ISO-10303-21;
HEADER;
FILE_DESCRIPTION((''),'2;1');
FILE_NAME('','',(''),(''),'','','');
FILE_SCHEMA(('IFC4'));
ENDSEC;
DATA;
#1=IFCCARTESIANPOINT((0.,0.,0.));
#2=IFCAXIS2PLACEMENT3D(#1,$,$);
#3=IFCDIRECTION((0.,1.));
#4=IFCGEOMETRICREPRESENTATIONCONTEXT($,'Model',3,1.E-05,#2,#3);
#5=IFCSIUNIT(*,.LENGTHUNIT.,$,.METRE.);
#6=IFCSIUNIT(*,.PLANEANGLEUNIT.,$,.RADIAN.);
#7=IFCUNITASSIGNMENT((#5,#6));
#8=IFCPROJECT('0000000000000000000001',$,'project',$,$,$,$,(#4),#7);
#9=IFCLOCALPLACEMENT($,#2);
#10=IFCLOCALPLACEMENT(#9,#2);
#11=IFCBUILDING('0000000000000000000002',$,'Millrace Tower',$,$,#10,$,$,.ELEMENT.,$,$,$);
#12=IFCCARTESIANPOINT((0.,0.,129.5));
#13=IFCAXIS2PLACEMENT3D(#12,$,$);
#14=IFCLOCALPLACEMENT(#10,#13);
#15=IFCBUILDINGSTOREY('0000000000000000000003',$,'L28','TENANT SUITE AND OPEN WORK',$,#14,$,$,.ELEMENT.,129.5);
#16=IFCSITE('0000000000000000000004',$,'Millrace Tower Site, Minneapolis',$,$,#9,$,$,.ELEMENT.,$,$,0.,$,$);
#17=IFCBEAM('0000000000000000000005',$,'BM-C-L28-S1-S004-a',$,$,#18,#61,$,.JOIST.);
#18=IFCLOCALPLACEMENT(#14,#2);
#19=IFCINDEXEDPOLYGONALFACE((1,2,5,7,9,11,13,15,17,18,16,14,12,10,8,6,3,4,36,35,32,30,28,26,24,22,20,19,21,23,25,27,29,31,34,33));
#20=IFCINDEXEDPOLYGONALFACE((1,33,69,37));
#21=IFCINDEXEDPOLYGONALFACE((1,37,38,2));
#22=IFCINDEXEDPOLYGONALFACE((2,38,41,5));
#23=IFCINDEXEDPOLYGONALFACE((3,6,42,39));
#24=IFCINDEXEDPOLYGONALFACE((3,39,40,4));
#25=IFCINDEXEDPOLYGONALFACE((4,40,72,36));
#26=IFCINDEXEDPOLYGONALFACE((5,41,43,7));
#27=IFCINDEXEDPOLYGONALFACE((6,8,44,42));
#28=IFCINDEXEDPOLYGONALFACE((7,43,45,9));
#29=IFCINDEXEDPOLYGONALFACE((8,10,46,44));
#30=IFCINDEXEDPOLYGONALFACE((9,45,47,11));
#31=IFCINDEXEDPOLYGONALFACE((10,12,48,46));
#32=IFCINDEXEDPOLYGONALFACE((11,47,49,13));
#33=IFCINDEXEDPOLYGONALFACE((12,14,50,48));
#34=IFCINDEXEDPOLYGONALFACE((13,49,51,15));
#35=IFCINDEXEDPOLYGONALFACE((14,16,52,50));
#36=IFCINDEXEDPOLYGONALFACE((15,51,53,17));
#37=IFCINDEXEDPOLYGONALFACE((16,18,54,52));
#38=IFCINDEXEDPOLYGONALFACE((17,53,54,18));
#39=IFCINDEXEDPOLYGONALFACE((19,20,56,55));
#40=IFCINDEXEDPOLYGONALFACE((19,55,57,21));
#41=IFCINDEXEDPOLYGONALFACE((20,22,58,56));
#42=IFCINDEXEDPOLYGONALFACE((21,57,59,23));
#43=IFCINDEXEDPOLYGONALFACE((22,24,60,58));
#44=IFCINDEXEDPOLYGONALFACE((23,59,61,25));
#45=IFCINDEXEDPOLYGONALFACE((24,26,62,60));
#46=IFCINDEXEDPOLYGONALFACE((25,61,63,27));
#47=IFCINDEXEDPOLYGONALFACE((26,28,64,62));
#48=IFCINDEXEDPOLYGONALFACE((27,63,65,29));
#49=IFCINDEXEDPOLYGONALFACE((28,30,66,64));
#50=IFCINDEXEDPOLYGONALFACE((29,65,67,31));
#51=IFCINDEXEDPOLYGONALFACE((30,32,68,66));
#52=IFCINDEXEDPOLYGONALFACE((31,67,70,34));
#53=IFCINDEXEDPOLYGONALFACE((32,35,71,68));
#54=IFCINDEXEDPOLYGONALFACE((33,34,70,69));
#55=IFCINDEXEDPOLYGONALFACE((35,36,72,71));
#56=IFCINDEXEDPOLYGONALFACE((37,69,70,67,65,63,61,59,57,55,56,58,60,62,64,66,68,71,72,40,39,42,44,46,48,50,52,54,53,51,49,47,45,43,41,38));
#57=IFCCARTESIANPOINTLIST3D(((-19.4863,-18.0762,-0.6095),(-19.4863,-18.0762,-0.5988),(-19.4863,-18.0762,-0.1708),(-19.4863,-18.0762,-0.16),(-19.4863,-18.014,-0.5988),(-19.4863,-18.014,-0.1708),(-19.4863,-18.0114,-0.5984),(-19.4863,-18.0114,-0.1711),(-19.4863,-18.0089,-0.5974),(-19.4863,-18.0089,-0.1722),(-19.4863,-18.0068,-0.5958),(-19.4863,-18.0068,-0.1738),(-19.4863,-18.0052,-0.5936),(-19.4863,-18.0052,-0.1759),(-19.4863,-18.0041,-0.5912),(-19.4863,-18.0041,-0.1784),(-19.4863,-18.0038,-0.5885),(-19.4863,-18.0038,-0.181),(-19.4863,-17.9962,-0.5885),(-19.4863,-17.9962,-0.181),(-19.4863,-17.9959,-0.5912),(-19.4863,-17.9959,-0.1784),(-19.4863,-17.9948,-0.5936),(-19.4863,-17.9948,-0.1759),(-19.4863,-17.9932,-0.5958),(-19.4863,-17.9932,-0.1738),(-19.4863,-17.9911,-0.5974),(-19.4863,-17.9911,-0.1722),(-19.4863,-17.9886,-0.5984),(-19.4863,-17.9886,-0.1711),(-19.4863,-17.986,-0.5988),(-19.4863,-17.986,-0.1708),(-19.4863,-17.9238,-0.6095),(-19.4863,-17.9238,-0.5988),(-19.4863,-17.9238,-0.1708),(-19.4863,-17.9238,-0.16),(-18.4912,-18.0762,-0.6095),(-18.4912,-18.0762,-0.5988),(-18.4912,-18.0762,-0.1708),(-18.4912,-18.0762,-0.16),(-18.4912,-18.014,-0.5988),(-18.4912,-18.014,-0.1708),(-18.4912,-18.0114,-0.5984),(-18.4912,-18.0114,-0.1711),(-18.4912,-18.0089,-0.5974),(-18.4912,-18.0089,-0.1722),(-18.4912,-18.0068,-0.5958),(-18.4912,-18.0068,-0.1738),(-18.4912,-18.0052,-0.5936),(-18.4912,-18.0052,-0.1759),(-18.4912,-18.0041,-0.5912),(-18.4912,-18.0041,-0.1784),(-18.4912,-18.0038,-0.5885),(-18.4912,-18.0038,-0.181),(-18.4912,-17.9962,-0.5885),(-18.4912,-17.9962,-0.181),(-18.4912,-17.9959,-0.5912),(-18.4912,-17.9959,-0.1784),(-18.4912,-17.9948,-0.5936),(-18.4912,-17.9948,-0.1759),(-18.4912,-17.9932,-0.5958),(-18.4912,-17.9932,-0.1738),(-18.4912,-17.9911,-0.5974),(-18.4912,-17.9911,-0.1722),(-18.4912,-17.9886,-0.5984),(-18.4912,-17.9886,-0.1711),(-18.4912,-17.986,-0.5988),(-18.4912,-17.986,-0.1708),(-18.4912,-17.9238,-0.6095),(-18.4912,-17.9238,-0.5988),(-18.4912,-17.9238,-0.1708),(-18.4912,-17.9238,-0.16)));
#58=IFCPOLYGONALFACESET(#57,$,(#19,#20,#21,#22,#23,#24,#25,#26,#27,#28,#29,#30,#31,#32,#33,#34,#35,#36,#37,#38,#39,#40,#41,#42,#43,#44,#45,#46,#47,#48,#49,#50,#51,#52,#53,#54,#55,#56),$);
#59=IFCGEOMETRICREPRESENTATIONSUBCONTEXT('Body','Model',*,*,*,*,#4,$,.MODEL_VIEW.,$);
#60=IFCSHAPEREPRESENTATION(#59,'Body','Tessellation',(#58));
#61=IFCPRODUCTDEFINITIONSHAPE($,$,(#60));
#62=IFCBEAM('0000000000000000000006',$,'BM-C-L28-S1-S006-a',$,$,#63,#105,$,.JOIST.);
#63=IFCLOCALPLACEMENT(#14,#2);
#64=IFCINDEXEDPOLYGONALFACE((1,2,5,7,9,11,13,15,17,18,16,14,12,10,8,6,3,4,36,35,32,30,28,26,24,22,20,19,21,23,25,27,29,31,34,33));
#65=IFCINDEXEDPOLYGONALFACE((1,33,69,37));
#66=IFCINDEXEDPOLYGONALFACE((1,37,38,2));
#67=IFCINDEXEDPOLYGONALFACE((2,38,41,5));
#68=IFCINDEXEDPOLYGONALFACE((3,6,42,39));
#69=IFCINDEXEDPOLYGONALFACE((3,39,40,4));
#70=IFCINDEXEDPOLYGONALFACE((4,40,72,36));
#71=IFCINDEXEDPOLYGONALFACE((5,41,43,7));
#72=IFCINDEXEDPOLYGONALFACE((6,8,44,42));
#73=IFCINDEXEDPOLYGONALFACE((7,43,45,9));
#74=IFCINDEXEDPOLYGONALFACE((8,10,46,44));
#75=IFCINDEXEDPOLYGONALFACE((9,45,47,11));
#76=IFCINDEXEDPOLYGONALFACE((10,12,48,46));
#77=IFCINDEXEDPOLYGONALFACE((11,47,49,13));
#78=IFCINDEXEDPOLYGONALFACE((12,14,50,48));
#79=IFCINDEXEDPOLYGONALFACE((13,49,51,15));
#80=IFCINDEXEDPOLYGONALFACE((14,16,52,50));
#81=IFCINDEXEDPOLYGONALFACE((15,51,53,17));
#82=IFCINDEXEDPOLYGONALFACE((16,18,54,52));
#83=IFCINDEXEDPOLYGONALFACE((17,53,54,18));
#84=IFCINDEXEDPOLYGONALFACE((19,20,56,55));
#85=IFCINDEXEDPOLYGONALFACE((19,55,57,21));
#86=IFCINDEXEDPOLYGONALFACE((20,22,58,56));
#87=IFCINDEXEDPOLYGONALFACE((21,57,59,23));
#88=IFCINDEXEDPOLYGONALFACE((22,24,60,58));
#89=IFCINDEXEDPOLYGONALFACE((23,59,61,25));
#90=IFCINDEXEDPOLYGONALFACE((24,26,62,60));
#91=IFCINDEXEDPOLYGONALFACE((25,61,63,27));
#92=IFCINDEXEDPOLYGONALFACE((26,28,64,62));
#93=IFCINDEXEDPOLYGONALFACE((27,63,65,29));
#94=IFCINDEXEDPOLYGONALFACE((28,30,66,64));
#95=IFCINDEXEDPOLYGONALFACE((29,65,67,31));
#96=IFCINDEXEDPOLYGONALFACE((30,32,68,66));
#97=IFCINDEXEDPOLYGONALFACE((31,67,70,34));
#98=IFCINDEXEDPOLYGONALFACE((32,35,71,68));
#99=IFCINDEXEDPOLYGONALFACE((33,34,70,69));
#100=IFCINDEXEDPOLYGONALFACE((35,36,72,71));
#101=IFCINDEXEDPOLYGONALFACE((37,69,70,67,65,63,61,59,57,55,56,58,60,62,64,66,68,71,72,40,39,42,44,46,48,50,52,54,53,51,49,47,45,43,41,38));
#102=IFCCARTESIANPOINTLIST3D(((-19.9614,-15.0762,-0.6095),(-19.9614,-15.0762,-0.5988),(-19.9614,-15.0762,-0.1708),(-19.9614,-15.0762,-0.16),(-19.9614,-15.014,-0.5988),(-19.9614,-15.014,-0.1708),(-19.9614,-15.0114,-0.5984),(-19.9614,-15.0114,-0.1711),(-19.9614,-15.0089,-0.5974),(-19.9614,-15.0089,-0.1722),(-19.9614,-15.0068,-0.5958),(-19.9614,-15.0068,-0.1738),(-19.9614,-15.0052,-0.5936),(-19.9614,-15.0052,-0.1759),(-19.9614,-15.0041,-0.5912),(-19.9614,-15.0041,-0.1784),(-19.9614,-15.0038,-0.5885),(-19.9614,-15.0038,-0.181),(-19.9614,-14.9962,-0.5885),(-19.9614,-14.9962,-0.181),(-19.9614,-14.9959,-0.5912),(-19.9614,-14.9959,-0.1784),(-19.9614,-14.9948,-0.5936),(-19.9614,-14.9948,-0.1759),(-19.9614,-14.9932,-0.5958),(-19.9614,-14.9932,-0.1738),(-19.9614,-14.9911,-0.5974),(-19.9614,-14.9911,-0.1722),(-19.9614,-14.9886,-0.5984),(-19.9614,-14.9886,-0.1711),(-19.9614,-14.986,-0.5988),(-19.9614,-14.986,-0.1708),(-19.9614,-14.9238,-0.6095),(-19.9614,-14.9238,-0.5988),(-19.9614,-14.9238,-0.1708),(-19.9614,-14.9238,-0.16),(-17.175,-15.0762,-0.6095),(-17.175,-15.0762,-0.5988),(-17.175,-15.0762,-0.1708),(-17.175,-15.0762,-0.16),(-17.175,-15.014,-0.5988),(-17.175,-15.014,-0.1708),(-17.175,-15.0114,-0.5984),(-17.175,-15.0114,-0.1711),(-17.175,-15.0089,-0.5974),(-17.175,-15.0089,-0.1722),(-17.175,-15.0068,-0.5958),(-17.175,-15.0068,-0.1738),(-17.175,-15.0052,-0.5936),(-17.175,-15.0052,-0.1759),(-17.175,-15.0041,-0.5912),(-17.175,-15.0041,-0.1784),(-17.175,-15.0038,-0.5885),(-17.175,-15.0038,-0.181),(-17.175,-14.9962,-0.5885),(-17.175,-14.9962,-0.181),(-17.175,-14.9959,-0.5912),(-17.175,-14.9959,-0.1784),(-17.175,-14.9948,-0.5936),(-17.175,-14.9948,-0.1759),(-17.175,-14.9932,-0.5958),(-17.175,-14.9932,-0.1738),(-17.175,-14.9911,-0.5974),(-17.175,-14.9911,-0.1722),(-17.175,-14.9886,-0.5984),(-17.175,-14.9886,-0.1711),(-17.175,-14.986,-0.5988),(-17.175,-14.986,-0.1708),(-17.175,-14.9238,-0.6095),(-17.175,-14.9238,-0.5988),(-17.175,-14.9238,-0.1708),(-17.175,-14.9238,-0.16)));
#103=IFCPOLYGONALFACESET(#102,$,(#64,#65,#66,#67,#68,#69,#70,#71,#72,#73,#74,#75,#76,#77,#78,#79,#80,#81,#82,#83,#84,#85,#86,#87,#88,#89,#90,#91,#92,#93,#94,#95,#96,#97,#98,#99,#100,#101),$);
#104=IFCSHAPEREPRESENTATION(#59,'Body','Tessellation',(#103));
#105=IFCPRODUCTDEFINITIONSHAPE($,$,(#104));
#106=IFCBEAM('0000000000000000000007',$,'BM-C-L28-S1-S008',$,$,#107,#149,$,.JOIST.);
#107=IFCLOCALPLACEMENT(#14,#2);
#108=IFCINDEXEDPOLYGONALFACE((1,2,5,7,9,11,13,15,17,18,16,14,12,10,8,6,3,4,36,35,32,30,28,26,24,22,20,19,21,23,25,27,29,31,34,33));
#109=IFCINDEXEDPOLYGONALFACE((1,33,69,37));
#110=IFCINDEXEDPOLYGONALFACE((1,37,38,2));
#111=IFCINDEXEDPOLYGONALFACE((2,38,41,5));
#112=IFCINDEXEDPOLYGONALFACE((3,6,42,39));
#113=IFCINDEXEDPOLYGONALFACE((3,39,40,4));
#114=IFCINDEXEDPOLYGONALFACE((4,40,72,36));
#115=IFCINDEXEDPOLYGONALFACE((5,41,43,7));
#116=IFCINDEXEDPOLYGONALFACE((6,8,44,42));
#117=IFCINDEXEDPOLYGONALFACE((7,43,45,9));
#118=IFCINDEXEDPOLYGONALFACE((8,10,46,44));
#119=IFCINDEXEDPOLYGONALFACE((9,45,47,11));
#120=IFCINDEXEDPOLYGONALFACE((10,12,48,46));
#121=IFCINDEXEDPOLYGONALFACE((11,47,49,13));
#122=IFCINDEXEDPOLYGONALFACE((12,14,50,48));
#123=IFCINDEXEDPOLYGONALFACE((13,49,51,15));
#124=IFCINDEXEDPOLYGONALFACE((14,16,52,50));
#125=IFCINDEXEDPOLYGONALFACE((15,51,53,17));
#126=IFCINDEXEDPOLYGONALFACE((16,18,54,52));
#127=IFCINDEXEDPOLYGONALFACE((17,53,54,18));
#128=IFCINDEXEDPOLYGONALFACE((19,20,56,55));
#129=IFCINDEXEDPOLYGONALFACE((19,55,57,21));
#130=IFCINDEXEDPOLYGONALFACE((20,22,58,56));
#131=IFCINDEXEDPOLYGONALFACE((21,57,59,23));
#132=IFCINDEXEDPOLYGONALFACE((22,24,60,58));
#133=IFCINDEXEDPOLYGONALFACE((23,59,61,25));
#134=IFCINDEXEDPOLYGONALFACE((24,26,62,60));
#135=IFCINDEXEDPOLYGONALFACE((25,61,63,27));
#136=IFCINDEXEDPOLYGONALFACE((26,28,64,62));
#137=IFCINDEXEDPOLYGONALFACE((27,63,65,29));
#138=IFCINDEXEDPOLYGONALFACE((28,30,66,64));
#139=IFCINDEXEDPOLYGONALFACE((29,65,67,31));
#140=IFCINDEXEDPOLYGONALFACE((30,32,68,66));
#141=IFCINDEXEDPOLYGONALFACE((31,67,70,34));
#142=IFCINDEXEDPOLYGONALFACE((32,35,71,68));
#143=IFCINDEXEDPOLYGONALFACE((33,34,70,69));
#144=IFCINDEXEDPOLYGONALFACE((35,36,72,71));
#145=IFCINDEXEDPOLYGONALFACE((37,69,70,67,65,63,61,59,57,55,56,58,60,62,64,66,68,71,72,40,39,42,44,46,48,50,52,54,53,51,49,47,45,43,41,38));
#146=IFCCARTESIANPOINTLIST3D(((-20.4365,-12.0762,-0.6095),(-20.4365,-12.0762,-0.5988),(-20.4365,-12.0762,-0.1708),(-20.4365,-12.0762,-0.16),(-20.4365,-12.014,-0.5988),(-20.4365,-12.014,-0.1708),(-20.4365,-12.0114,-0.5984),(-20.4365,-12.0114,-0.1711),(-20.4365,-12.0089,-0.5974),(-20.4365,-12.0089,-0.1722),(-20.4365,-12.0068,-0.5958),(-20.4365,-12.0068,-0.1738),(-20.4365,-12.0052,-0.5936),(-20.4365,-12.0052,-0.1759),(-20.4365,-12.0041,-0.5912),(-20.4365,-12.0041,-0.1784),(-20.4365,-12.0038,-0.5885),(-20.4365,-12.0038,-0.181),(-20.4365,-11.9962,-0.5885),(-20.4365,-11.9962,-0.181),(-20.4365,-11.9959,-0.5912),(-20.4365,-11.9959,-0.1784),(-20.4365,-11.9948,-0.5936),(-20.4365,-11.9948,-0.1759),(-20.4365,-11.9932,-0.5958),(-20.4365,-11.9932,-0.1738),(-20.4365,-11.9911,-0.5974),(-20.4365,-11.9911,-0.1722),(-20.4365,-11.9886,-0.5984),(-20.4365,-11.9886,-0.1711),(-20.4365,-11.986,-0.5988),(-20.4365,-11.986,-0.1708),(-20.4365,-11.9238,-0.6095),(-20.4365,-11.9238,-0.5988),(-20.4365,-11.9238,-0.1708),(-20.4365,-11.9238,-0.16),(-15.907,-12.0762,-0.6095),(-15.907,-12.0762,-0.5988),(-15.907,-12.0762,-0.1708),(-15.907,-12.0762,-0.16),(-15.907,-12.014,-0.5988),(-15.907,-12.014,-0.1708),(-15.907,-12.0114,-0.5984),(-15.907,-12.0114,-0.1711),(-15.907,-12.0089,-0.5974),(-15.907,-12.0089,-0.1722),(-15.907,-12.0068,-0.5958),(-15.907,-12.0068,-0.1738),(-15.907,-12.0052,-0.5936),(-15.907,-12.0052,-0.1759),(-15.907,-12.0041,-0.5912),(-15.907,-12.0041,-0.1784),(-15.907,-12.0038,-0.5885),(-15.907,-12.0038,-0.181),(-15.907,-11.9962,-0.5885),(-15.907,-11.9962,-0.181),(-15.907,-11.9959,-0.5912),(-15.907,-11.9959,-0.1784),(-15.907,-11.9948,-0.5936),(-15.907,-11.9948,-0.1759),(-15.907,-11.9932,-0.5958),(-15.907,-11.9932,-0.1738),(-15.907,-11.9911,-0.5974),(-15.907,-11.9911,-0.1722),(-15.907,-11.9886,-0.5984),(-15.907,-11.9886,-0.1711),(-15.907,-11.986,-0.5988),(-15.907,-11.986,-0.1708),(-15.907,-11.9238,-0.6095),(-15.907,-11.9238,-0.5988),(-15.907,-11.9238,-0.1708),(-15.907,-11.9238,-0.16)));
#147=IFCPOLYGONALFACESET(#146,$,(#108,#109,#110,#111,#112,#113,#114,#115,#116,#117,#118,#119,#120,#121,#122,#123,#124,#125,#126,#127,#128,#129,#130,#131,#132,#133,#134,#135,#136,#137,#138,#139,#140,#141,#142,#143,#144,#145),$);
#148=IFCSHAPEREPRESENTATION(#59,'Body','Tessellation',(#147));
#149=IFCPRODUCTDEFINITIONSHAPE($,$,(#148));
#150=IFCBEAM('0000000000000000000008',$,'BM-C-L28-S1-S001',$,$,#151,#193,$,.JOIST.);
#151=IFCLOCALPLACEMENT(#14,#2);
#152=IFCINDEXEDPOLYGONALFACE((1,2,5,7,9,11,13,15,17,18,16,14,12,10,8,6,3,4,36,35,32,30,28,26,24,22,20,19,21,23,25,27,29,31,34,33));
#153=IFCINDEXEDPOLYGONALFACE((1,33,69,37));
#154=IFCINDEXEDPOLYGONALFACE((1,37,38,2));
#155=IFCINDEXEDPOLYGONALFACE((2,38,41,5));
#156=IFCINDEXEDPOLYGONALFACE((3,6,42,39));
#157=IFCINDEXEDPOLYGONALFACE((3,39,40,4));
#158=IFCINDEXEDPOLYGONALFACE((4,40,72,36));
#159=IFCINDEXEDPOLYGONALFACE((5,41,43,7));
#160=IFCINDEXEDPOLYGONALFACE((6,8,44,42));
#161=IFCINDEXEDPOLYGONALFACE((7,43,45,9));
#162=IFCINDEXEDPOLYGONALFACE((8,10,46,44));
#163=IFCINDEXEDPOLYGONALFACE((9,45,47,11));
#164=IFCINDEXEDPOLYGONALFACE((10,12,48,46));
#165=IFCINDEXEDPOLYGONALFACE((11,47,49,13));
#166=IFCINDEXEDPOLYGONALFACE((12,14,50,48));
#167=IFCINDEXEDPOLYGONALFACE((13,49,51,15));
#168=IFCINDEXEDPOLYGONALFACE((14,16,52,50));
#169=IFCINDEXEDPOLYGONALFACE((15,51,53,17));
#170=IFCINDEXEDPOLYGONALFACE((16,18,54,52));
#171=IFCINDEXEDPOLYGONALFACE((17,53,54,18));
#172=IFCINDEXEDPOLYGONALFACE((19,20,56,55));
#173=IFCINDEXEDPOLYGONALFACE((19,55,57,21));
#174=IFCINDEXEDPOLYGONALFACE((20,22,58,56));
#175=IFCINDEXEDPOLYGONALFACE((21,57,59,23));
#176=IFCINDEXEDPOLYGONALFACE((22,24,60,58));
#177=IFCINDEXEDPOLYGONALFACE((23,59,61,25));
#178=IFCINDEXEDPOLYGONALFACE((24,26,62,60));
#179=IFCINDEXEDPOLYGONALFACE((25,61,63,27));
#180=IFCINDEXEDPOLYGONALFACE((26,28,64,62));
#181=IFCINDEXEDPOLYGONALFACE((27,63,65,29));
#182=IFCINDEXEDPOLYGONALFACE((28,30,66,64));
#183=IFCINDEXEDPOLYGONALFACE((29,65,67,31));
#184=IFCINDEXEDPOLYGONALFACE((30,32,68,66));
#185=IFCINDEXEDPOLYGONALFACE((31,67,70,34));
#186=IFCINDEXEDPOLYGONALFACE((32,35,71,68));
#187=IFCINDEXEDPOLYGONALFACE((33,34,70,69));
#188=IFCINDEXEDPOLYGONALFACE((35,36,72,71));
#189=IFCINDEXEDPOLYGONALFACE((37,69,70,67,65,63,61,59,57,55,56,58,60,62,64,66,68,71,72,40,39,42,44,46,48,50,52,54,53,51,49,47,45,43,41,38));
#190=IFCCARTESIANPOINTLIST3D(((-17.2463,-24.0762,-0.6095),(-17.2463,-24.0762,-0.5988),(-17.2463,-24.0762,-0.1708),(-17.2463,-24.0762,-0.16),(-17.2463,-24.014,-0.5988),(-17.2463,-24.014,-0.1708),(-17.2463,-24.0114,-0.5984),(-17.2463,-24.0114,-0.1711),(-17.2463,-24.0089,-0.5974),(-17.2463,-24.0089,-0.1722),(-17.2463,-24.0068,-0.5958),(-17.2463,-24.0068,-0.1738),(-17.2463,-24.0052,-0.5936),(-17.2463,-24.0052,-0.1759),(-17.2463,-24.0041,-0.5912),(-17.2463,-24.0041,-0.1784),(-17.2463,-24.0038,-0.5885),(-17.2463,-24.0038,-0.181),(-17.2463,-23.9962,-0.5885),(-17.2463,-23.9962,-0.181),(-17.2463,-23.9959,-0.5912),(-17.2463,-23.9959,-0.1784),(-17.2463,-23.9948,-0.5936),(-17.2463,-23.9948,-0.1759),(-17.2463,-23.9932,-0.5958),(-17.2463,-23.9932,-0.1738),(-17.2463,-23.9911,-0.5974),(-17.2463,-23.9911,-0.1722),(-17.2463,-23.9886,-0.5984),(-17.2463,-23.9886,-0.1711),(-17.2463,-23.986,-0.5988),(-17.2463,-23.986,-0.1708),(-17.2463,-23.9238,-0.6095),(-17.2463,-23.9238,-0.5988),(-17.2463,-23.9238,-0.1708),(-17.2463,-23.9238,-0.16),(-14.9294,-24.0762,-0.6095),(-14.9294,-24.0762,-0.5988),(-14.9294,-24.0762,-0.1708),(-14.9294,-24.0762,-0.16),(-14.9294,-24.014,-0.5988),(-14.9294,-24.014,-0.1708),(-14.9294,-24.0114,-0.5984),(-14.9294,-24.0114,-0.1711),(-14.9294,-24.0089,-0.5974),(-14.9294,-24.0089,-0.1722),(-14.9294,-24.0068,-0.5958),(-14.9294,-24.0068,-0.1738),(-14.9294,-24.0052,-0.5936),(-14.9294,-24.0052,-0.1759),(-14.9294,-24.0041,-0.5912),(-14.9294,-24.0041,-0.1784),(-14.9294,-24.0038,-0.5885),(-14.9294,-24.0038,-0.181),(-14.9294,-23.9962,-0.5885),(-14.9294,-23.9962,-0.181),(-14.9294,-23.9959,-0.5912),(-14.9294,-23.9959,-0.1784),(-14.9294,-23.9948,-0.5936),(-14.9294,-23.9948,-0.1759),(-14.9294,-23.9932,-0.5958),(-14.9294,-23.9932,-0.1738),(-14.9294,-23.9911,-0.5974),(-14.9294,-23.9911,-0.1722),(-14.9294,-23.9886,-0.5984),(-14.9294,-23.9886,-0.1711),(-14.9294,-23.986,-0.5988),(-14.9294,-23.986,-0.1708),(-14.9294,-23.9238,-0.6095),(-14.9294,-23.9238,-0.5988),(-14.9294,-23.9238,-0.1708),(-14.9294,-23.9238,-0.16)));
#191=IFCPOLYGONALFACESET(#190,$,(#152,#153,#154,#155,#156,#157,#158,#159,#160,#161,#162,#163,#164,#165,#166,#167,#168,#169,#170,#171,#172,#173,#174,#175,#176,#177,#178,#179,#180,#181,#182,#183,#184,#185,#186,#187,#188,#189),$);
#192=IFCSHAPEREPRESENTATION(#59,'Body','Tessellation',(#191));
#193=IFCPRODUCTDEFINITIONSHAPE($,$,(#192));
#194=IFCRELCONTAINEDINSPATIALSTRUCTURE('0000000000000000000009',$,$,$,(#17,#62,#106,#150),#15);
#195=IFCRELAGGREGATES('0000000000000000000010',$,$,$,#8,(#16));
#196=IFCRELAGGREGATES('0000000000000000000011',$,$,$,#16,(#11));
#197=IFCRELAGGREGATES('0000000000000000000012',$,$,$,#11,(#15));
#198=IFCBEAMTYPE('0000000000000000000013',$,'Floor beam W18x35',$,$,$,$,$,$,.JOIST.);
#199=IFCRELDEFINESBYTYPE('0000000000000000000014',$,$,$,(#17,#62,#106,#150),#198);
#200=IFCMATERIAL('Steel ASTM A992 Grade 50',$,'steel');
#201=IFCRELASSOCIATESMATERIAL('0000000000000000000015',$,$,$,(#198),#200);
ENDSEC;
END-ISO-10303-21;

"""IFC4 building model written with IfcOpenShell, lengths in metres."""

from ifc_helpers import new_model, si_unit, direction, frame, origin, origin_2d, place, context, subcontext, project, spatial, i_section, extrude, material, material_profile, profile_set, type_object, element, save


model = new_model("IFC4")

# Units and contexts
model_context = context("Model", 3, precision=1e-05, world=origin(), true_north=direction((0.0, 1.0)))
body_context = subcontext(model_context, "Body", "Model", "MODEL_VIEW")
ifc_project = project(units=[si_unit("LENGTHUNIT", "METRE"), si_unit("PLANEANGLEUNIT", "RADIAN")], contexts=[model_context])

# Site, building, storey
site_placement = place(None, origin())
site = spatial("IfcSite", under=ifc_project, at=site_placement, Name="Millrace Tower Site, Minneapolis", CompositionType="ELEMENT", RefElevation=0.0)
building_placement = place(site_placement, origin())
building = spatial("IfcBuilding", under=site, at=building_placement, Name="Millrace Tower", CompositionType="ELEMENT")
storey_placement = place(building_placement, frame((0.0, 0.0, 129.5)))
storey = spatial("IfcBuildingStorey", under=building, at=storey_placement, Name="L28", Description="TENANT SUITE AND OPEN WORK", CompositionType="ELEMENT", Elevation=129.5)

# Beams
ifc_material_1 = material(Name="Steel ASTM A992 Grade 50", Category="steel")
ifc_material_profile_1 = material_profile(ifc_material_1, i_section(OverallWidth=0.1523, OverallDepth=0.4495, WebThickness=0.0076, FlangeThickness=0.0107, FilletRadius=0.0103, at=origin_2d()))
ifc_profile_set_1 = profile_set([ifc_material_profile_1], Name="Steel ASTM A992 Grade 50")
beam_type_1 = type_object("IfcBeamType", Name="Floor beam W18x35", PredefinedType="JOIST", material=ifc_profile_set_1)
beam_1_placement = place(storey_placement, frame((-19.4863, -18.0, -0.3848), z_axis=(1.0, 0.0, 0.0), x_axis=(0.0, 1.0, 0.0)))
element("IfcBeam", 1, at=beam_1_placement, inside=storey, type_object=beam_type_1, Name="BM-C-L28-S1-S004-a", PredefinedType="JOIST", context=body_context, shape_type="SweptSolid", body=[
    extrude(i_section(OverallWidth=0.1523, OverallDepth=0.4495, WebThickness=0.0076, FlangeThickness=0.0107, FilletRadius=0.0103, at=origin_2d()), origin(), (0.0, 0.0, 1.0), 0.9951),
])
beam_2_placement = place(storey_placement, frame((-19.9614, -15.0, -0.3848), z_axis=(1.0, 0.0, 0.0), x_axis=(0.0, 1.0, 0.0)))
element("IfcBeam", 2, at=beam_2_placement, inside=storey, type_object=beam_type_1, Name="BM-C-L28-S1-S006-a", PredefinedType="JOIST", context=body_context, shape_type="SweptSolid", body=[
    extrude(i_section(OverallWidth=0.1523, OverallDepth=0.4495, WebThickness=0.0076, FlangeThickness=0.0107, FilletRadius=0.0103, at=origin_2d()), origin(), (0.0, 0.0, 1.0), 2.7864),
])
beam_3_placement = place(storey_placement, frame((-20.4365, -12.0, -0.3848), z_axis=(1.0, 0.0, 0.0), x_axis=(0.0, 1.0, 0.0)))
element("IfcBeam", 3, at=beam_3_placement, inside=storey, type_object=beam_type_1, Name="BM-C-L28-S1-S008", PredefinedType="JOIST", context=body_context, shape_type="SweptSolid", body=[
    extrude(i_section(OverallWidth=0.1523, OverallDepth=0.4495, WebThickness=0.0076, FlangeThickness=0.0107, FilletRadius=0.0103, at=origin_2d()), origin(), (0.0, 0.0, 1.0), 4.5295),
])
beam_4_placement = place(storey_placement, frame((-17.2463, -24.0, -0.3848), z_axis=(1.0, 0.0, 0.0), x_axis=(0.0, 1.0, 0.0)))
element("IfcBeam", 4, at=beam_4_placement, inside=storey, type_object=beam_type_1, Name="BM-C-L28-S1-S001", PredefinedType="JOIST", context=body_context, shape_type="SweptSolid", body=[
    extrude(i_section(OverallWidth=0.1523, OverallDepth=0.4495, WebThickness=0.0076, FlangeThickness=0.0107, FilletRadius=0.0103, at=origin_2d()), origin(), (0.0, 0.0, 1.0), 2.3169),
])

save(model, "model.ifc")
